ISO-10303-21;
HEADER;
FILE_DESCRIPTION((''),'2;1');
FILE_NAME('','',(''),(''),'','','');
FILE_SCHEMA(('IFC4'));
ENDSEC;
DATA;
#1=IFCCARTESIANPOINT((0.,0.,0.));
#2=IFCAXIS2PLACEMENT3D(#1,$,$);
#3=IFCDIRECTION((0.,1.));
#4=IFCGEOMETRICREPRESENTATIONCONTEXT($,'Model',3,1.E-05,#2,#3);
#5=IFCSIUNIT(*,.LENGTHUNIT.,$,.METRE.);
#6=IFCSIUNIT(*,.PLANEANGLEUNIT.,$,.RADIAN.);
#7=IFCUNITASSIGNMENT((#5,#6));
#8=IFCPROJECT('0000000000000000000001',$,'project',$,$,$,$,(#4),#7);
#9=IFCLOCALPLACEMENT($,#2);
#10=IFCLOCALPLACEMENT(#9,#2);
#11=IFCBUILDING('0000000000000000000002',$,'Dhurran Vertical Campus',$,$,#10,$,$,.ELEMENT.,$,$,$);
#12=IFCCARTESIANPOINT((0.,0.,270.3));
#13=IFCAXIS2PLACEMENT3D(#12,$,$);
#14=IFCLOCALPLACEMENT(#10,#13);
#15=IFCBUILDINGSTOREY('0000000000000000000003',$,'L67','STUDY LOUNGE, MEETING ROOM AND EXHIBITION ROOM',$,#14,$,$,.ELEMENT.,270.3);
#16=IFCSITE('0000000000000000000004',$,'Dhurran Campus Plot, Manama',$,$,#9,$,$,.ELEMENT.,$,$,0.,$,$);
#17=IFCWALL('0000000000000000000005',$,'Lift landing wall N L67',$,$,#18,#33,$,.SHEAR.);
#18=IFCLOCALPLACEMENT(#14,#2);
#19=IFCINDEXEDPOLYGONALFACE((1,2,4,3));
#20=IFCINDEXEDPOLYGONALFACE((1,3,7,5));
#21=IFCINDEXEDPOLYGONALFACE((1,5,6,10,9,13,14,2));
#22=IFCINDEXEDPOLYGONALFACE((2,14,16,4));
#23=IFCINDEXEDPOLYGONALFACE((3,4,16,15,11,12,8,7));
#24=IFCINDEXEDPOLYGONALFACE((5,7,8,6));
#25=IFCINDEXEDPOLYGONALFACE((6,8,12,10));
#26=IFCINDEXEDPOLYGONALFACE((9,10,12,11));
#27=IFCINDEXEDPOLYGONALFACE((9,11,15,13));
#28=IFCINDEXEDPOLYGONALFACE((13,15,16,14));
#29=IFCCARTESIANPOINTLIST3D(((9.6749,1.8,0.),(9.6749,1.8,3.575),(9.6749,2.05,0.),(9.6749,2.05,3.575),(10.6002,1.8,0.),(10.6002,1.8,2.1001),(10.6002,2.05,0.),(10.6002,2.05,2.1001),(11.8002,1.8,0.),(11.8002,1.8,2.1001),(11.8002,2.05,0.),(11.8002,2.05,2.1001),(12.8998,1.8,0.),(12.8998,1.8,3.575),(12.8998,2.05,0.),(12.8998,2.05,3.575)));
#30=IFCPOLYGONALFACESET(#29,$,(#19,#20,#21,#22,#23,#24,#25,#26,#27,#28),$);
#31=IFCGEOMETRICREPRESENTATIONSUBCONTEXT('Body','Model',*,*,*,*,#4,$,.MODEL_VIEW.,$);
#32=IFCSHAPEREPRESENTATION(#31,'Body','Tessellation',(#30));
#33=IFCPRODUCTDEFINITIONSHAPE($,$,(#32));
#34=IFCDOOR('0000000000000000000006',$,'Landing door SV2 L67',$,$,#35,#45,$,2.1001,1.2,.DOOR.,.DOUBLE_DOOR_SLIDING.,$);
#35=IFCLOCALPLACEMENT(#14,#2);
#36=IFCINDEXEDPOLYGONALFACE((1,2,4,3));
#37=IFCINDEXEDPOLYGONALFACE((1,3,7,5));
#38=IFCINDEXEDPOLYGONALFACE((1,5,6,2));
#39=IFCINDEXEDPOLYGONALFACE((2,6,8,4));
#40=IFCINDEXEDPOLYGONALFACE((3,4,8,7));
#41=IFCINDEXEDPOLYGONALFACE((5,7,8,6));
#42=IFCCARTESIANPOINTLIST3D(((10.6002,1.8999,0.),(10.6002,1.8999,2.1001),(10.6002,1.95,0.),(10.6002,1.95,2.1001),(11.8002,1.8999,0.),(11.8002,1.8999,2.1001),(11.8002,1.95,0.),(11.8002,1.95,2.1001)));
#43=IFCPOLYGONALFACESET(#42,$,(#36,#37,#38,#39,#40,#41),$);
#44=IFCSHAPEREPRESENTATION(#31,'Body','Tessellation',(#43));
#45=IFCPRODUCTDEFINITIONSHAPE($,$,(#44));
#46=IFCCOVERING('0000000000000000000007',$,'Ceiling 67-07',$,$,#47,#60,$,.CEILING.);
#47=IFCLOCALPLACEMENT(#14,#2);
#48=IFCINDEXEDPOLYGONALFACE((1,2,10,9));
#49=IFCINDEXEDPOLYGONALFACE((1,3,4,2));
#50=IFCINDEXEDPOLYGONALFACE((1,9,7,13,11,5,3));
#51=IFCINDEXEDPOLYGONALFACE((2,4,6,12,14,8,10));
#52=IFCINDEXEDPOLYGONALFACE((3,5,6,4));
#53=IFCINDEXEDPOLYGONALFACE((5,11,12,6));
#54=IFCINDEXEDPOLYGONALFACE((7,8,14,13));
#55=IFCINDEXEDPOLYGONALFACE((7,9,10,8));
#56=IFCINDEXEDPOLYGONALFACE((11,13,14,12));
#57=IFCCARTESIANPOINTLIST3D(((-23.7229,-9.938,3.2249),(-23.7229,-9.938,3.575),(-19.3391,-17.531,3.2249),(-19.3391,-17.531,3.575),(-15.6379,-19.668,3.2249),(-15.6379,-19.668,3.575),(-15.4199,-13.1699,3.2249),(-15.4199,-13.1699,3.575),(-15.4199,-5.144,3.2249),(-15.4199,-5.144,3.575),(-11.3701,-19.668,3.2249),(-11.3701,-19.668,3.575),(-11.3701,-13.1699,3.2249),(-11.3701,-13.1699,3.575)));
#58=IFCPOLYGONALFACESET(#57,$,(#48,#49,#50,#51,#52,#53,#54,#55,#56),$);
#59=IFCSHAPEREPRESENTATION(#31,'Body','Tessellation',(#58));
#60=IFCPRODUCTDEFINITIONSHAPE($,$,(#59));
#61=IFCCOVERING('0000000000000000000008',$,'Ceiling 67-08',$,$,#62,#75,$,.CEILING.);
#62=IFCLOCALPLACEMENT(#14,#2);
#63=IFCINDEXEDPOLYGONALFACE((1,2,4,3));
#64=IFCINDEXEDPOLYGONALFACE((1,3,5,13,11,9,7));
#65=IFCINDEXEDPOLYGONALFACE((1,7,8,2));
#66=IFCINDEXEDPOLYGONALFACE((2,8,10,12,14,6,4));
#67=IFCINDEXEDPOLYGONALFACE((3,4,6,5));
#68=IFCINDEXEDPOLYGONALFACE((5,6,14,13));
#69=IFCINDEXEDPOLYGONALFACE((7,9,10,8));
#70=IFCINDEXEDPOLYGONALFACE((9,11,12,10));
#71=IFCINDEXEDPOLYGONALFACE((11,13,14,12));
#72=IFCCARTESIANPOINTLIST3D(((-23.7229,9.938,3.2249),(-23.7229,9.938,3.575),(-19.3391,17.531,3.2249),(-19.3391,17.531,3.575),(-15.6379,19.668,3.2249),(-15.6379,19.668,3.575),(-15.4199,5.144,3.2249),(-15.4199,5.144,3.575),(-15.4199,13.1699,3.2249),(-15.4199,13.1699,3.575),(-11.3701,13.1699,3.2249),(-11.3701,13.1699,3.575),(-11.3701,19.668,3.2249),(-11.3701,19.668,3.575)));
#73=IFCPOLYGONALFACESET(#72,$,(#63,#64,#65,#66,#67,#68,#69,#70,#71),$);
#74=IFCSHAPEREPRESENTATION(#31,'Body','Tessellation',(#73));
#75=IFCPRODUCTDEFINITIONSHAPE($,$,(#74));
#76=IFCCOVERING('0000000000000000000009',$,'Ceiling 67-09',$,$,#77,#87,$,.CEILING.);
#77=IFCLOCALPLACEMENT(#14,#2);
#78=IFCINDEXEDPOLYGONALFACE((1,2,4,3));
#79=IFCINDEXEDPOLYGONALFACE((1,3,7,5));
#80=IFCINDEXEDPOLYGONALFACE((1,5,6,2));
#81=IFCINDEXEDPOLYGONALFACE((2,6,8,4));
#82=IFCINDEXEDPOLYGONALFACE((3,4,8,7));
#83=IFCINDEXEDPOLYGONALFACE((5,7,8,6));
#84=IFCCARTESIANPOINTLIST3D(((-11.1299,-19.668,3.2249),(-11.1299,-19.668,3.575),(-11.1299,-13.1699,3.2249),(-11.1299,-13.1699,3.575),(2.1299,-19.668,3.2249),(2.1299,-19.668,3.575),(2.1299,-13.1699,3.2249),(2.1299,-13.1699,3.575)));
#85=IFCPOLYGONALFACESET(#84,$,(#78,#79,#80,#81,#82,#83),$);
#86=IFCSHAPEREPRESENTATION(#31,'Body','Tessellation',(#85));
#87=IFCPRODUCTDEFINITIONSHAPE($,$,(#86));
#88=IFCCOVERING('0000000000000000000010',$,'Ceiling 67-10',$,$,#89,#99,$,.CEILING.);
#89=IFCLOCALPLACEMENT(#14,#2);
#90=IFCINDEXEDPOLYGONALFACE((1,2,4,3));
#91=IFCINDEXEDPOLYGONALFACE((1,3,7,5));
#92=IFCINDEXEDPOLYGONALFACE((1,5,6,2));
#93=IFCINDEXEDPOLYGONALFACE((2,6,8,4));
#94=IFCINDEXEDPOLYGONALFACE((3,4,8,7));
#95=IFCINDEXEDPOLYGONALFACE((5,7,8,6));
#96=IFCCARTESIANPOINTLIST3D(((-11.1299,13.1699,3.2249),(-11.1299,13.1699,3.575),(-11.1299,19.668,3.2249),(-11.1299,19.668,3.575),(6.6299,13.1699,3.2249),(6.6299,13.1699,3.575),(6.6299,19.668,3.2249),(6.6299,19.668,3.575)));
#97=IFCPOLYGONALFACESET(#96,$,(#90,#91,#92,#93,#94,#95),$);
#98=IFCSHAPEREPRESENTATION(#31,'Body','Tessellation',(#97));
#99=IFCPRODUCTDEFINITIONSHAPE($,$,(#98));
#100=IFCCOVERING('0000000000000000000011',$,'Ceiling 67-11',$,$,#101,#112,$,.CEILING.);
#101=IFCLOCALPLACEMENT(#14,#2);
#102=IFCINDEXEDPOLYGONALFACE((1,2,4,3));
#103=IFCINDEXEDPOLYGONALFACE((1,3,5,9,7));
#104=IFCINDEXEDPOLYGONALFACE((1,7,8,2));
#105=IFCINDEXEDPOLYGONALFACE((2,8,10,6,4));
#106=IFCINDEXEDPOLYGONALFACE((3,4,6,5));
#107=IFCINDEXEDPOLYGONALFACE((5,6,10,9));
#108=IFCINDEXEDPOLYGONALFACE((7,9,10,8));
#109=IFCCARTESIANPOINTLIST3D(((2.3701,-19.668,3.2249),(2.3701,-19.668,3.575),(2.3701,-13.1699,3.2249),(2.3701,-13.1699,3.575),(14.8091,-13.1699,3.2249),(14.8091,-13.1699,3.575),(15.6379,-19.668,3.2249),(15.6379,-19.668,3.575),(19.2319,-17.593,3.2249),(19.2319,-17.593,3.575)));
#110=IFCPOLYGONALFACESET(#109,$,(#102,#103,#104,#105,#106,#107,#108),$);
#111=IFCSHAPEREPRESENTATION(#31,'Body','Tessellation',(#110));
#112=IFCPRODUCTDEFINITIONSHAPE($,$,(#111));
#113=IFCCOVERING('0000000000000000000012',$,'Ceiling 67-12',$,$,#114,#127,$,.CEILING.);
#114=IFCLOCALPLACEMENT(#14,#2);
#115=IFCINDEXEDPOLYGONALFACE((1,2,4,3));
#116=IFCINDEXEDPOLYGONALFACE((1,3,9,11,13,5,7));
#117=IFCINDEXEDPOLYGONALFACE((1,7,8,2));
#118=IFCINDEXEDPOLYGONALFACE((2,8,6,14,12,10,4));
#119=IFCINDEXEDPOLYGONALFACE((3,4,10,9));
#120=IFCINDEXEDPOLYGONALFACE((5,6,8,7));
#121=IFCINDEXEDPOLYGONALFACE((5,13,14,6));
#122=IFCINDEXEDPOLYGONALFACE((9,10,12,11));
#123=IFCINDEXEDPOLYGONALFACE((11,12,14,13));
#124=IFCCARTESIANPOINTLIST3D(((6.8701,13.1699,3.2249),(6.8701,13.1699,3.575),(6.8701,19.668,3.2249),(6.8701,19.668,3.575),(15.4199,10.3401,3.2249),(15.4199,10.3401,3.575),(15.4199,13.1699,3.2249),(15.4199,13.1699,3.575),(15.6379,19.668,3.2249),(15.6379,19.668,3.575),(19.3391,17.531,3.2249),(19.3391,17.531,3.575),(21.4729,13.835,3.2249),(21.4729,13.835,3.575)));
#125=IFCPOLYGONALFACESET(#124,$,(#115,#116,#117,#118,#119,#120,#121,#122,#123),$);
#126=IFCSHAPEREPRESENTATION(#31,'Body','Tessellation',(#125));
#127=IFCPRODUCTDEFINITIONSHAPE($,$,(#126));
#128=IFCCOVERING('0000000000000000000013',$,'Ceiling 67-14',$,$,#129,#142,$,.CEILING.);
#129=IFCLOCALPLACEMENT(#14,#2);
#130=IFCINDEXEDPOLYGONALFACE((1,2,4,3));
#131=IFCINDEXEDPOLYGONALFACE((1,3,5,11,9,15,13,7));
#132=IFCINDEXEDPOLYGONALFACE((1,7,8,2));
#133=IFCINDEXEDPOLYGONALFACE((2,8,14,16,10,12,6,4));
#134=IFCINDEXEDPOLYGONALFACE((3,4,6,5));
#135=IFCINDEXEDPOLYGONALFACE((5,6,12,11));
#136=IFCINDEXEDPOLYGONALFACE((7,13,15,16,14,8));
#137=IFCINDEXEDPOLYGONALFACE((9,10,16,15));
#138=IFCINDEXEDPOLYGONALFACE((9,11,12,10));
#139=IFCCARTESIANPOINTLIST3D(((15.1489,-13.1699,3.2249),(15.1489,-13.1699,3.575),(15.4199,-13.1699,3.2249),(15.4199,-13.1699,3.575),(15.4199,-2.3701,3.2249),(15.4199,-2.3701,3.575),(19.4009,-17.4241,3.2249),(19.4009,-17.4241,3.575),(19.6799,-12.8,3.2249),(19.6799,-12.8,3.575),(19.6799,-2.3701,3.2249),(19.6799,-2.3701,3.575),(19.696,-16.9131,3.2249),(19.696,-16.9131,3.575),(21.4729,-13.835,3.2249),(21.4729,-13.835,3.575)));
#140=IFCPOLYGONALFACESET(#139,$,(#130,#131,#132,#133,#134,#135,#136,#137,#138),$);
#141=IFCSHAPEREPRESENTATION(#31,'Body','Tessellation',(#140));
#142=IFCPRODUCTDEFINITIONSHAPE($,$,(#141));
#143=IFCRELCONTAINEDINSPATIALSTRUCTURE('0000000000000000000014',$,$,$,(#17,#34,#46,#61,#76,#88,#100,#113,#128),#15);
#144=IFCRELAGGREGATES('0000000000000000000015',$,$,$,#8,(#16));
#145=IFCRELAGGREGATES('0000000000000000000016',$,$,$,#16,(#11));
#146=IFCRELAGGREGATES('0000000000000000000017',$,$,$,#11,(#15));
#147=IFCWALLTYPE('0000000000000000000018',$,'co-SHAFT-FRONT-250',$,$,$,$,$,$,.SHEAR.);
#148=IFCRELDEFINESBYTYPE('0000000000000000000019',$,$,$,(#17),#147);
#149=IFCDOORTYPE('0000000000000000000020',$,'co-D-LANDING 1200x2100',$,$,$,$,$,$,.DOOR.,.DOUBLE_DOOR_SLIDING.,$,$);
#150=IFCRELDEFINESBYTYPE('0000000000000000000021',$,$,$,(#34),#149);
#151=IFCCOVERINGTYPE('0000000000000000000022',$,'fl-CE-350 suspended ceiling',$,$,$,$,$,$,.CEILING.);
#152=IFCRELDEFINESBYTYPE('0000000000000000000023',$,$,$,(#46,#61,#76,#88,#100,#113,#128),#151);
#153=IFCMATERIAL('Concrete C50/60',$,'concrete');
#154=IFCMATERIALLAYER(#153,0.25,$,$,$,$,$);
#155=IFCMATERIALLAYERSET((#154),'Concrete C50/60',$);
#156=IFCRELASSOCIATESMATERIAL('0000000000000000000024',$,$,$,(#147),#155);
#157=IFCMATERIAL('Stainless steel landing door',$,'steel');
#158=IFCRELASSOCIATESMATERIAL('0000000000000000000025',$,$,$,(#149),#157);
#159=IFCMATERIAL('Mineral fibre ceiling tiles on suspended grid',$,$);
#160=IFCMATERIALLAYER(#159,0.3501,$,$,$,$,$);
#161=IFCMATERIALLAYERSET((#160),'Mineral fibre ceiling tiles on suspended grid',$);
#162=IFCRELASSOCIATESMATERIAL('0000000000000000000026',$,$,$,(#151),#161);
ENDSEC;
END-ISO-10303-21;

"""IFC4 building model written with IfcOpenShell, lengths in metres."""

from ifc_helpers import new_model, si_unit, direction, frame, frame_2d, origin, place, context, subcontext, project, spatial, polyline, rectangle, outline, extrude, material, layer, layer_set, type_object, element, fill, save


model = new_model("IFC4")

# Units and contexts
model_context = context("Model", 3, precision=1e-05, world=origin(), true_north=direction((0.0, 1.0)))
body_context = subcontext(model_context, "Body", "Model", "MODEL_VIEW")
ifc_project = project(units=[si_unit("LENGTHUNIT", "METRE"), si_unit("PLANEANGLEUNIT", "RADIAN")], contexts=[model_context])

# Site, building, storey
site_placement = place(None, origin())
site = spatial("IfcSite", under=ifc_project, at=site_placement, Name="Dhurran Campus Plot, Manama", CompositionType="ELEMENT", RefElevation=0.0)
building_placement = place(site_placement, origin())
building = spatial("IfcBuilding", under=site, at=building_placement, Name="Dhurran Vertical Campus", CompositionType="ELEMENT")
storey_placement = place(building_placement, frame((0.0, 0.0, 270.3)))
storey = spatial("IfcBuildingStorey", under=building, at=storey_placement, Name="L67", Description="STUDY LOUNGE, MEETING ROOM AND EXHIBITION ROOM", CompositionType="ELEMENT", Elevation=270.3)

# Shared definitions
ifc_material_1 = material(Name="Concrete C50/60", Category="concrete")
ifc_layer_1 = layer(ifc_material_1, 0.25)
ifc_layer_set_1 = layer_set([ifc_layer_1], Name="Concrete C50/60")
wall_type_1 = type_object("IfcWallType", Name="co-SHAFT-FRONT-250", PredefinedType="SHEAR", material=ifc_layer_set_1)
ifc_material_2 = material(Name="Stainless steel landing door", Category="steel")
door_type_1 = type_object("IfcDoorType", Name="co-D-LANDING 1200x2100", OperationType="DOUBLE_DOOR_SLIDING", PredefinedType="DOOR", material=ifc_material_2)

# Wall, opening, door
wall_1_placement = place(storey_placement, frame((9.675, 1.925, 0.0), z_axis=(0.0, 0.0, 1.0), x_axis=(1.0, 0.0, 0.0)))
wall_1 = element("IfcWall", 1, at=wall_1_placement, inside=storey, type_object=wall_type_1, Name="Lift landing wall N L67", PredefinedType="SHEAR", context=body_context, shape_type="SweptSolid", body=[
    extrude(rectangle(XDim=3.2249, YDim=0.25, at=frame_2d((1.6123, 0.0))), origin(), (0.0, 0.0, 1.0), 3.575),
])
opening_1_placement = place(wall_1_placement, frame((0.925, 0.0, 0.0)))
opening_1 = element("IfcOpeningElement", 2, at=opening_1_placement, cuts=wall_1, PredefinedType="OPENING", context=body_context, shape_type="SweptSolid", body=[
    extrude(rectangle(XDim=1.2, YDim=2.1001, at=frame_2d((0.6001, 1.05))), frame((0.0, 0.135, 0.0), z_axis=(0.0, -1.0, 0.0), x_axis=(1.0, 0.0, 0.0)), (0.0, 0.0, 1.0), 0.27),
])
door_1_placement = place(opening_1_placement, origin())
door_1 = element("IfcDoor", 3, at=door_1_placement, inside=storey, type_object=door_type_1, Name="Landing door SV2 L67", OperationType="DOUBLE_DOOR_SLIDING", OverallHeight=2.1001, OverallWidth=1.2, PredefinedType="DOOR", context=body_context, shape_type="SweptSolid", body=[
    extrude(rectangle(XDim=1.2, YDim=2.1001, at=frame_2d((0.6001, 1.05))), frame((0.0, 0.0249, 0.0), z_axis=(0.0, -1.0, 0.0), x_axis=(1.0, 0.0, 0.0)), (0.0, 0.0, 1.0), 0.05),
])
fill(opening_1, door_1)

# Coverings
ifc_material_3 = material(Name="Mineral fibre ceiling tiles on suspended grid")
ifc_layer_2 = layer(ifc_material_3, 0.3501)
ifc_layer_set_2 = layer_set([ifc_layer_2], Name="Mineral fibre ceiling tiles on suspended grid")
covering_type = type_object("IfcCoveringType", Name="fl-CE-350 suspended ceiling", PredefinedType="CEILING", material=ifc_layer_set_2)
covering_1_placement = place(storey_placement, frame((0.0, 0.0, 3.2249)))
element("IfcCovering", 4, at=covering_1_placement, inside=storey, type_object=covering_type, Name="Ceiling 67-07", PredefinedType="CEILING", context=body_context, shape_type="SweptSolid", body=[
    extrude(outline(polyline([(-15.6379, -19.668), (-19.3391, -17.531), (-23.7229, -9.938), (-15.4199, -5.144), (-15.4199, -13.1699), (-11.3701, -13.1699), (-11.3701, -19.668), (-15.6379, -19.668)])), origin(), (0.0, 0.0, 1.0), 0.3501),
])
covering_2_placement = place(storey_placement, frame((0.0, 0.0, 3.2249)))
element("IfcCovering", 5, at=covering_2_placement, inside=storey, type_object=covering_type, Name="Ceiling 67-08", PredefinedType="CEILING", context=body_context, shape_type="SweptSolid", body=[
    extrude(outline(polyline([(-23.7229, 9.938), (-19.3391, 17.531), (-15.6379, 19.668), (-11.3701, 19.668), (-11.3701, 13.1699), (-15.4199, 13.1699), (-15.4199, 5.144), (-23.7229, 9.938)])), origin(), (0.0, 0.0, 1.0), 0.3501),
])
covering_3_placement = place(storey_placement, frame((0.0, 0.0, 3.2249)))
element("IfcCovering", 6, at=covering_3_placement, inside=storey, type_object=covering_type, Name="Ceiling 67-09", PredefinedType="CEILING", context=body_context, shape_type="SweptSolid", body=[
    extrude(outline(polyline([(2.1299, -19.668), (-11.1299, -19.668), (-11.1299, -13.1699), (2.1299, -13.1699), (2.1299, -19.668)])), origin(), (0.0, 0.0, 1.0), 0.3501),
])
covering_4_placement = place(storey_placement, frame((0.0, 0.0, 3.2249)))
element("IfcCovering", 7, at=covering_4_placement, inside=storey, type_object=covering_type, Name="Ceiling 67-10", PredefinedType="CEILING", context=body_context, shape_type="SweptSolid", body=[
    extrude(outline(polyline([(-11.1299, 19.668), (6.6299, 19.668), (6.6299, 13.1699), (-11.1299, 13.1699), (-11.1299, 19.668)])), origin(), (0.0, 0.0, 1.0), 0.3501),
])
covering_5_placement = place(storey_placement, frame((0.0, 0.0, 3.2249)))
element("IfcCovering", 8, at=covering_5_placement, inside=storey, type_object=covering_type, Name="Ceiling 67-11", PredefinedType="CEILING", context=body_context, shape_type="SweptSolid", body=[
    extrude(outline(polyline([(19.2319, -17.593), (15.6379, -19.668), (2.3701, -19.668), (2.3701, -13.1699), (14.8091, -13.1699), (19.2319, -17.593)])), origin(), (0.0, 0.0, 1.0), 0.3501),
])
covering_6_placement = place(storey_placement, frame((0.0, 0.0, 3.2249)))
element("IfcCovering", 9, at=covering_6_placement, inside=storey, type_object=covering_type, Name="Ceiling 67-12", PredefinedType="CEILING", context=body_context, shape_type="SweptSolid", body=[
    extrude(outline(polyline([(6.8701, 19.668), (15.6379, 19.668), (19.3391, 17.531), (21.4729, 13.835), (15.4199, 10.3401), (15.4199, 13.1699), (6.8701, 13.1699), (6.8701, 19.668)])), origin(), (0.0, 0.0, 1.0), 0.3501),
])
covering_7_placement = place(storey_placement, frame((0.0, 0.0, 3.2249)))
element("IfcCovering", 10, at=covering_7_placement, inside=storey, type_object=covering_type, Name="Ceiling 67-14", PredefinedType="CEILING", context=body_context, shape_type="SweptSolid", body=[
    extrude(outline(polyline([(19.696, -16.9131), (19.4009, -17.4241), (15.1489, -13.1699), (15.4199, -13.1699), (15.4199, -2.3701), (19.6799, -2.3701), (19.6799, -12.8), (21.4729, -13.835), (19.696, -16.9131)])), origin(), (0.0, 0.0, 1.0), 0.3501),
])

save(model, "model.ifc")
